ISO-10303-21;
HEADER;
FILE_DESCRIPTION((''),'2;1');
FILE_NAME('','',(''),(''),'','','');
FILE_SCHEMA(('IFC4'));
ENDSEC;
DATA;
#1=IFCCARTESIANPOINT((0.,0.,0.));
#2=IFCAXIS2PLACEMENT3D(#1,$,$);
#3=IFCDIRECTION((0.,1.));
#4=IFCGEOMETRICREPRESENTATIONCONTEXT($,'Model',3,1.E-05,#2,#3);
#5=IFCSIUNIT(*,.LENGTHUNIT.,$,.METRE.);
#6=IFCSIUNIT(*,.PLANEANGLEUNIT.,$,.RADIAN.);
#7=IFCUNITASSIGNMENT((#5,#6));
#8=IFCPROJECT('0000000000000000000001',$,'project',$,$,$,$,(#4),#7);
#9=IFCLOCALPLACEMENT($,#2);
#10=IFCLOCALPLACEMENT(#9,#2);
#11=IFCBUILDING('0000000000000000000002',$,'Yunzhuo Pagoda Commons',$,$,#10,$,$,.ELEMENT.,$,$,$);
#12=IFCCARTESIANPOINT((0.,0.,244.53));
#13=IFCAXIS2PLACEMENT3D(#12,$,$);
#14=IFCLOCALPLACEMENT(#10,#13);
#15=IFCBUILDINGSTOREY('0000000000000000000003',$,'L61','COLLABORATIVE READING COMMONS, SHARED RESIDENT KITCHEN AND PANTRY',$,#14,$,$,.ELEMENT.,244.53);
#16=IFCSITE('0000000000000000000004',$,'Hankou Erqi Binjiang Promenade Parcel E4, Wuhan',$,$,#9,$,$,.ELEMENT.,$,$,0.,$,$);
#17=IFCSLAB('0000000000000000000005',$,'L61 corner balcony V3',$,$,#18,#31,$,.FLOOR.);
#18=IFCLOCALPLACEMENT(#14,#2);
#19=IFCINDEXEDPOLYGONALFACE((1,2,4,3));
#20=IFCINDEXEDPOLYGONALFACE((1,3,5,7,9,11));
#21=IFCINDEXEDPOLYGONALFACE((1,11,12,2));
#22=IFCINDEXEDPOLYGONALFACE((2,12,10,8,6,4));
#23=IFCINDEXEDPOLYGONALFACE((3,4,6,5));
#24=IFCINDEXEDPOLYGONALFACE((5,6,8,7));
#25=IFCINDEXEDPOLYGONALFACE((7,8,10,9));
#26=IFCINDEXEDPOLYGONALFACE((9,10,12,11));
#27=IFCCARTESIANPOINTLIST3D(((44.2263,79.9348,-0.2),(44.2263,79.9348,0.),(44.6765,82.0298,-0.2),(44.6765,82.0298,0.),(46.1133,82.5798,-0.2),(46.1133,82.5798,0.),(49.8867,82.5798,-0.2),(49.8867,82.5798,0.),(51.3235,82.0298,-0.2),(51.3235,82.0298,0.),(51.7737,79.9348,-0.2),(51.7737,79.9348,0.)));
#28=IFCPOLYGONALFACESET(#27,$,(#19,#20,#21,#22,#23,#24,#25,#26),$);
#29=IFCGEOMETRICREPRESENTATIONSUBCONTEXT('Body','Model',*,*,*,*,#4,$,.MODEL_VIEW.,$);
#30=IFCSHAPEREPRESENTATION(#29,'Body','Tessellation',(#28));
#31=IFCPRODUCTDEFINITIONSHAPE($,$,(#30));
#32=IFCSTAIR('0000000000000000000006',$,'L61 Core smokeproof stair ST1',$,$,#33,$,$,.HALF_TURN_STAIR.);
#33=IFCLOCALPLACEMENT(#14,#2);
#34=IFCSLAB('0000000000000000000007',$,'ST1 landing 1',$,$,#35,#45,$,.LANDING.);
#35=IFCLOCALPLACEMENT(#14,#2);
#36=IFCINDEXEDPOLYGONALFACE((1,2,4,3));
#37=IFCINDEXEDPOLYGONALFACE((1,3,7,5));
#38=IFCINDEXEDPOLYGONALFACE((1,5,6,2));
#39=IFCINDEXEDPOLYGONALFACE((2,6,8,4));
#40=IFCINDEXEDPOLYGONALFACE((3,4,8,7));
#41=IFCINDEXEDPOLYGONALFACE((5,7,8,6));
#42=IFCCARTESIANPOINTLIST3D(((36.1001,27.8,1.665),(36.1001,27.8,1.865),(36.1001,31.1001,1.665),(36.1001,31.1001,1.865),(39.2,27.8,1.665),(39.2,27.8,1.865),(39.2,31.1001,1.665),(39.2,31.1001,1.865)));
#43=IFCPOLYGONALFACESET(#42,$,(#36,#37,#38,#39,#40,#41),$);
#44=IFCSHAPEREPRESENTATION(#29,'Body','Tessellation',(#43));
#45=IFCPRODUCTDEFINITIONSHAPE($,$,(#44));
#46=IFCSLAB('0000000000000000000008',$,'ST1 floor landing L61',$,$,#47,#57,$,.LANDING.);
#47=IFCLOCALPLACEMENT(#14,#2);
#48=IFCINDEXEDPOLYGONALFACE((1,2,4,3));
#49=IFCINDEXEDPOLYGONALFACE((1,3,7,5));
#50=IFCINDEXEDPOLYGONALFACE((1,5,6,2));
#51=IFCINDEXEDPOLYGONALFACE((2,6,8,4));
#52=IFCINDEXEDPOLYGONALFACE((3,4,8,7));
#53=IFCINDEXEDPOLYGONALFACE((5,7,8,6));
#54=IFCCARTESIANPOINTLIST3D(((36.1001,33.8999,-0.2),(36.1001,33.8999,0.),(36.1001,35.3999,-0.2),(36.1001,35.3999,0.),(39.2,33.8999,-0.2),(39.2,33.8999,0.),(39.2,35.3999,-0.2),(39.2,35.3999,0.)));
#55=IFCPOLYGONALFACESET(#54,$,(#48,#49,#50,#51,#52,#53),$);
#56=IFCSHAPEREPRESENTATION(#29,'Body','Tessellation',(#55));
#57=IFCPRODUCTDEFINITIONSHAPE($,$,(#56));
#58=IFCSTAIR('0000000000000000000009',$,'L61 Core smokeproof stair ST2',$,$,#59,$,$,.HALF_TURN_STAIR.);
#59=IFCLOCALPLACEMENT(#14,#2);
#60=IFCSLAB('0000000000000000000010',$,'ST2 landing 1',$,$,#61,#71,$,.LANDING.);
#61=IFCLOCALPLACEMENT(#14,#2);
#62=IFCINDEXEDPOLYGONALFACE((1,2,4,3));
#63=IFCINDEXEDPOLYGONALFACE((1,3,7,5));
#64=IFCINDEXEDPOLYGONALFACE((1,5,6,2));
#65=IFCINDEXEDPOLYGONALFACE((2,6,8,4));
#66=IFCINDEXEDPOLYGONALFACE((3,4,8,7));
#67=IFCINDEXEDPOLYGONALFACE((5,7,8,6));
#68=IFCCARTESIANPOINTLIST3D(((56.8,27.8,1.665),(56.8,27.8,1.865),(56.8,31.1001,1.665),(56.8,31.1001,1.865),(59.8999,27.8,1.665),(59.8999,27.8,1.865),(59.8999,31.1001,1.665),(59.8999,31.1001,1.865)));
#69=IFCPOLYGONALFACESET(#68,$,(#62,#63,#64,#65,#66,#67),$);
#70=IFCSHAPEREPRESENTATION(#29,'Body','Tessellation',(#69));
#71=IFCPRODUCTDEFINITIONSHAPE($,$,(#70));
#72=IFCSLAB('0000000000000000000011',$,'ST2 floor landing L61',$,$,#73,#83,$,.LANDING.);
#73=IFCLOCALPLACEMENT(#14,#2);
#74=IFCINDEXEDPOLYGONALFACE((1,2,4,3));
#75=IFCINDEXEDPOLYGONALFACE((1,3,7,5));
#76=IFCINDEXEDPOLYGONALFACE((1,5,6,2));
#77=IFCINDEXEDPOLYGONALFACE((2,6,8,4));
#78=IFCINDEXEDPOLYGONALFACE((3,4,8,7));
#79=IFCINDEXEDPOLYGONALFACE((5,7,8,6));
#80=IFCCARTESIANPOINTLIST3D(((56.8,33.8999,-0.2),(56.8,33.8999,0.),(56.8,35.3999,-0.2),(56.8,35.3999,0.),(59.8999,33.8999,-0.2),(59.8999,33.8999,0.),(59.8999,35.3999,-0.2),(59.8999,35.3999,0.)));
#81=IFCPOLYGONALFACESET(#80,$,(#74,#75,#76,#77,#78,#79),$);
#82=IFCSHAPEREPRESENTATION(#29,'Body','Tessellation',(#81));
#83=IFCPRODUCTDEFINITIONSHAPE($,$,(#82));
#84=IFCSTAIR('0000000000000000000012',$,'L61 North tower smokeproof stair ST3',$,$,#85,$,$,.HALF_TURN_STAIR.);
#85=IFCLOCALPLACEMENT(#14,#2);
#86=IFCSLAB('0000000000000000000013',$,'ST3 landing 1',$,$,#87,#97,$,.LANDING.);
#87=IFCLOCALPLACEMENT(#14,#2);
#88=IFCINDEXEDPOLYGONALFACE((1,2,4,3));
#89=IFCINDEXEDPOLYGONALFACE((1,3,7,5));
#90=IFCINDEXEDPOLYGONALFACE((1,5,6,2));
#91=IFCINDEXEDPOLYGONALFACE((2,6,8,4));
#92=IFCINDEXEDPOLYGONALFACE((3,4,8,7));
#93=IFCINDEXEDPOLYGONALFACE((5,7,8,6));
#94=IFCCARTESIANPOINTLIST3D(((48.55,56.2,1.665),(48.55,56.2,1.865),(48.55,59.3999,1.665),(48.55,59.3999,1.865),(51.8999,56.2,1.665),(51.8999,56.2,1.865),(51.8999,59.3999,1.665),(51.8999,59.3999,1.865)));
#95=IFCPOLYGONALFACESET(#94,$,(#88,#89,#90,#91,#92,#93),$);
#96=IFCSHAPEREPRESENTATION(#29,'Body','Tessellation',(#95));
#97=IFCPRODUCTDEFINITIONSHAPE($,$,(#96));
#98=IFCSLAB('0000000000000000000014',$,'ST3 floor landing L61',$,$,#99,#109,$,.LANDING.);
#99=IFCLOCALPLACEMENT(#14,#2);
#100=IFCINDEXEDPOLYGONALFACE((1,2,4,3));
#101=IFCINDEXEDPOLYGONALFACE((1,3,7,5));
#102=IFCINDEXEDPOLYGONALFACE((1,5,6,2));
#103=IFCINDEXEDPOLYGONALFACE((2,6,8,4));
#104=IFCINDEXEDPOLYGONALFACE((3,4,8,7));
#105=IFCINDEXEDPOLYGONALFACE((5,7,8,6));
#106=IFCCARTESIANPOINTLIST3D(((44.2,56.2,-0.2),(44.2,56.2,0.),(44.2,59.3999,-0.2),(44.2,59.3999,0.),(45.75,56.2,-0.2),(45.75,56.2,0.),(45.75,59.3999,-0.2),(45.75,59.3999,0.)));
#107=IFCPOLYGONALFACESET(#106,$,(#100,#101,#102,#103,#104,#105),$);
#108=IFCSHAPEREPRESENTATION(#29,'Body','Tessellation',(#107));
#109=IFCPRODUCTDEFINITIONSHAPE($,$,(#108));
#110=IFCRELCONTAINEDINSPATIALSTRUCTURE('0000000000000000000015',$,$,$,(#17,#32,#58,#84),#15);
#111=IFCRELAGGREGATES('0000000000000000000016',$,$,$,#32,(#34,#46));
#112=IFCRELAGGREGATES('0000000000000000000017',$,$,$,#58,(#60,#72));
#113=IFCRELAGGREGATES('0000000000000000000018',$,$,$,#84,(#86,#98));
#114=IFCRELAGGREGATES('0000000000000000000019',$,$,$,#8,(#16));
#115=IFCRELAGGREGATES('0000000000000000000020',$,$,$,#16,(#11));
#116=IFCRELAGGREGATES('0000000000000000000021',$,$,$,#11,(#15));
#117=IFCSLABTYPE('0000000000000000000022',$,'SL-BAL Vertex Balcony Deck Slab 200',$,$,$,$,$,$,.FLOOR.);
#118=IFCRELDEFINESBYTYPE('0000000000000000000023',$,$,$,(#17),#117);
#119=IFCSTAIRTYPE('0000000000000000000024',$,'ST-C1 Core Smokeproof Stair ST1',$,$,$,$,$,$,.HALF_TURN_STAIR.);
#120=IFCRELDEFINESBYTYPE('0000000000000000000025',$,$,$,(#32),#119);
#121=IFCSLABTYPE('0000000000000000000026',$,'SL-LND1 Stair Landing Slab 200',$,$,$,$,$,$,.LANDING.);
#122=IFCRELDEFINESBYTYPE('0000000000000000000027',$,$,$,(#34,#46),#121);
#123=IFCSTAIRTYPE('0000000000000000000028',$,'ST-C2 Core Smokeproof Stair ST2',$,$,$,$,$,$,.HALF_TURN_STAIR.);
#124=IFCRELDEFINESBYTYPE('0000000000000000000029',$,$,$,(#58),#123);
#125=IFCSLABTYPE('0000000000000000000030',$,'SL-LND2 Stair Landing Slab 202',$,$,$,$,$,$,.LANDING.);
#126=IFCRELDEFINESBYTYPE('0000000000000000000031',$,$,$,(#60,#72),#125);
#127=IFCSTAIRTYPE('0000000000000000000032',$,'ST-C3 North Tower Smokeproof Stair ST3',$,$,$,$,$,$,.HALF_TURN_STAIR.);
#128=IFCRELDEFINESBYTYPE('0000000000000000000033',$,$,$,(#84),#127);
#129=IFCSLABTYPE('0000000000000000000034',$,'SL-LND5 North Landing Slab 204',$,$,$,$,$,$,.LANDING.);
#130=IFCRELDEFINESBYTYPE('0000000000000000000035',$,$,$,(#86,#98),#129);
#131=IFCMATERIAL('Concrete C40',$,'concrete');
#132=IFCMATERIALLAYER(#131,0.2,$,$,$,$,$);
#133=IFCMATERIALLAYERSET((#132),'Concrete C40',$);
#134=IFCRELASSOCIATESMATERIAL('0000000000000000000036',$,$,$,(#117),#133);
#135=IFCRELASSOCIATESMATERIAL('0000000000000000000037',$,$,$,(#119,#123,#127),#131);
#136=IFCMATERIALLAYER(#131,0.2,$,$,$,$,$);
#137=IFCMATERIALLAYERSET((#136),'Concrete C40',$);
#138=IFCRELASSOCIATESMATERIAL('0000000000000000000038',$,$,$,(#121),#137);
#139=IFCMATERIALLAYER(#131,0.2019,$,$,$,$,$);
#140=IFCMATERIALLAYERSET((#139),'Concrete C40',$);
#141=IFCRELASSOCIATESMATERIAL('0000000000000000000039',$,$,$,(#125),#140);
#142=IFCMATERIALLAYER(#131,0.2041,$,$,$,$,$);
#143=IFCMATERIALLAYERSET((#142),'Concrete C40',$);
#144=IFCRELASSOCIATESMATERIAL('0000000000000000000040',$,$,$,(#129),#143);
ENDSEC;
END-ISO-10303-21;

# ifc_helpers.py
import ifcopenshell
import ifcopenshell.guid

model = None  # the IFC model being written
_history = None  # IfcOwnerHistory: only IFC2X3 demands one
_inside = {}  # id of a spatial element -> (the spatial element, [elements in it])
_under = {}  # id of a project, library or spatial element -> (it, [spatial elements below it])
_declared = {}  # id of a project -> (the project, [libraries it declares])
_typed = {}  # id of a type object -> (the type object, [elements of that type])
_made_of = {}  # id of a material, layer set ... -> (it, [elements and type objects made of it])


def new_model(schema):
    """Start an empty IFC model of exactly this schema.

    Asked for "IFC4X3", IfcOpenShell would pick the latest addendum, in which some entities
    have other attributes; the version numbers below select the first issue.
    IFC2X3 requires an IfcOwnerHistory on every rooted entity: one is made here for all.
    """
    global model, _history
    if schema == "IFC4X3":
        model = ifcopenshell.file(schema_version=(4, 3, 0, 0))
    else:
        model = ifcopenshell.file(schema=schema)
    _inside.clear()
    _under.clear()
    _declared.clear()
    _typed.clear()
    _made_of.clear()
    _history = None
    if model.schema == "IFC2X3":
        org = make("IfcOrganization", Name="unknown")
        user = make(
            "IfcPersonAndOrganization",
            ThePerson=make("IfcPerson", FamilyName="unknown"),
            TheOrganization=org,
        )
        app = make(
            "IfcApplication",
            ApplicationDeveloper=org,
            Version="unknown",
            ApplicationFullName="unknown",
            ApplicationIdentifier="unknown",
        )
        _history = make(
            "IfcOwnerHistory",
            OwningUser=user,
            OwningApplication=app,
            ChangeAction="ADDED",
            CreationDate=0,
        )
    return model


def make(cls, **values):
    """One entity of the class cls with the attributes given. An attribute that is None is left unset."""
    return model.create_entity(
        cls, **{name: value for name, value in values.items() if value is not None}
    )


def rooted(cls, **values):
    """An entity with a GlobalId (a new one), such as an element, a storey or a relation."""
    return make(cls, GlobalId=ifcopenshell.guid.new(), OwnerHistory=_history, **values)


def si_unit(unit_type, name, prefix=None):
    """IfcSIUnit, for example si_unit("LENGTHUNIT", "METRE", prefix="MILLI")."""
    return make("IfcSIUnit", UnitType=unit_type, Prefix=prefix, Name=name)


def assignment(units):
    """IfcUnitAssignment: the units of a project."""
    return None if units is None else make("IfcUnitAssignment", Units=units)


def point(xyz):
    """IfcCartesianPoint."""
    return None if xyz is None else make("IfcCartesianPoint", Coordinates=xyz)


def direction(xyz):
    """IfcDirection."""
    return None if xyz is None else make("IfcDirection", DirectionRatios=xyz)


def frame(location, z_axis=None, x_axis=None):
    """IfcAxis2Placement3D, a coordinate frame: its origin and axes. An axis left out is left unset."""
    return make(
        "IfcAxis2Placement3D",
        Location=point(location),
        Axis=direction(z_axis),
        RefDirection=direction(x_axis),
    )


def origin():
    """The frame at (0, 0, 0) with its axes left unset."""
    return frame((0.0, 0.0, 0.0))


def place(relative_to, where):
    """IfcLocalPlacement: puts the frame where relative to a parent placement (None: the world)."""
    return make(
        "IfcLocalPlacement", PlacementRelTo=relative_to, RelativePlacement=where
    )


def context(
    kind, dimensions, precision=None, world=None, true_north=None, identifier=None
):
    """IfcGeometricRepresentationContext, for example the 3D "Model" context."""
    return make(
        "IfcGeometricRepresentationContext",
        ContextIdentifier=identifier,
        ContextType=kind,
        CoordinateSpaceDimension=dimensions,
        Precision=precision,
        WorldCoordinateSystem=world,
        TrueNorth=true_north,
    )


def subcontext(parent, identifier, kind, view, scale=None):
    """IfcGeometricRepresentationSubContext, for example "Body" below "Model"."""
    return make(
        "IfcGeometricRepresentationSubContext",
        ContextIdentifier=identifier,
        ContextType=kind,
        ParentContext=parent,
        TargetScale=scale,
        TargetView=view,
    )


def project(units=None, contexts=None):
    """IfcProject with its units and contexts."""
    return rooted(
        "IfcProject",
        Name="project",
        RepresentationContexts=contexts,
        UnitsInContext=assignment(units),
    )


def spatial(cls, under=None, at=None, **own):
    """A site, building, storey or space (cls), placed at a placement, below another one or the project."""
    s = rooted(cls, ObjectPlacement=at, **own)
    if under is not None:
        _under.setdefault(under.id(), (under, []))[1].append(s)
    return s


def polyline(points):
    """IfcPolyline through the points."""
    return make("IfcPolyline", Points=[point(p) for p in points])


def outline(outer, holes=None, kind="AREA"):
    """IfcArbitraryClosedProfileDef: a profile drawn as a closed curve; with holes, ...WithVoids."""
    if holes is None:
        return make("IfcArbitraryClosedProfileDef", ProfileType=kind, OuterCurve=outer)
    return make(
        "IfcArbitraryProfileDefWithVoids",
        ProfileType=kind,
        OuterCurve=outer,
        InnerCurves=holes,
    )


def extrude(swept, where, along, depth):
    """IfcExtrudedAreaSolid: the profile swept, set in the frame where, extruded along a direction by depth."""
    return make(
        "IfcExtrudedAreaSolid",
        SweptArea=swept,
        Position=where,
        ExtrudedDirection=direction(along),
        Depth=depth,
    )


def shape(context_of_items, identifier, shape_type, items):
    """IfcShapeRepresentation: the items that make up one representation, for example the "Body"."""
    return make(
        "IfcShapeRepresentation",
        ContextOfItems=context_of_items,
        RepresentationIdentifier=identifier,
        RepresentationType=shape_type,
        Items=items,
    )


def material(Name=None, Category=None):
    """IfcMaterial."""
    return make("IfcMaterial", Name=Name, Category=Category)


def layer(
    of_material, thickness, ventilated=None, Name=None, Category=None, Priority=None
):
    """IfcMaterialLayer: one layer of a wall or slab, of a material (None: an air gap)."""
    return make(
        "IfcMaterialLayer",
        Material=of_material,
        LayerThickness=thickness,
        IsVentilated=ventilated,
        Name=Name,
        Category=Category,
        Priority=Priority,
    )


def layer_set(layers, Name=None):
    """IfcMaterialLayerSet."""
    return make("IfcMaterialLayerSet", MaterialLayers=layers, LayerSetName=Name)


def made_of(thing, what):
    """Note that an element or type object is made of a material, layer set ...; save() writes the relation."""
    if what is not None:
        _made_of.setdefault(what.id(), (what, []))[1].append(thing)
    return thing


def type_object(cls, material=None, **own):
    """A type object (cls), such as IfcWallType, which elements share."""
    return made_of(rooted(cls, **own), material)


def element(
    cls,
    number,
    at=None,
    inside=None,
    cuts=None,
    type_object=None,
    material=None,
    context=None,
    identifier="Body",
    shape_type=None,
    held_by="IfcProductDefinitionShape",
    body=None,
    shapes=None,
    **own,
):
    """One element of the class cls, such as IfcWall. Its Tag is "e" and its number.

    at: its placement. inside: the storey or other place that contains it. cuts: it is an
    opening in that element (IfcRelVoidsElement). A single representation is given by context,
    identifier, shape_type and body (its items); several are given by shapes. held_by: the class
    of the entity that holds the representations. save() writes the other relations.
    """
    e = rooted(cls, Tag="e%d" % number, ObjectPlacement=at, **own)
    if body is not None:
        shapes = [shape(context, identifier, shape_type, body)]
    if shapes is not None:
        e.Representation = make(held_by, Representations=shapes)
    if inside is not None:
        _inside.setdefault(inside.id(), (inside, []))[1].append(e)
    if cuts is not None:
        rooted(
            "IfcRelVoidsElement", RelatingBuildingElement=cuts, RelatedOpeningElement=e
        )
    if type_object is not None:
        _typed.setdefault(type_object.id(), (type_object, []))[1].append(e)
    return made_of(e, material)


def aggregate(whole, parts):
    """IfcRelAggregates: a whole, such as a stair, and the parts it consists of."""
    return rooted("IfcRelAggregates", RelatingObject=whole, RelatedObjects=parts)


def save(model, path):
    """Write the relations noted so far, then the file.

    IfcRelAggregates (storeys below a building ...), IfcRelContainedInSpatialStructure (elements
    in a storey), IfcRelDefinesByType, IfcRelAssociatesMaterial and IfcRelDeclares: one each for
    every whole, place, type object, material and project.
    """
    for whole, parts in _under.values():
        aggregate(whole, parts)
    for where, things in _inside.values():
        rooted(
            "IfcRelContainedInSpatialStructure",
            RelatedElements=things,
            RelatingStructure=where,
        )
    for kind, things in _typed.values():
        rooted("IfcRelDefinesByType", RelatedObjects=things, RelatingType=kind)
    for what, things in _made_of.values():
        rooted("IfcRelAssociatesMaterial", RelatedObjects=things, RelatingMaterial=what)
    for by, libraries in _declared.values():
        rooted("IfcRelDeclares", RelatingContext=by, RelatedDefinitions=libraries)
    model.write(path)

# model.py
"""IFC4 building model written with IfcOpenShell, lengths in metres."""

from ifc_helpers import new_model, si_unit, direction, frame, origin, place, context, subcontext, project, spatial, polyline, outline, extrude, material, layer, layer_set, type_object, element, aggregate, save


model = new_model("IFC4")

# Units and contexts
model_context = context("Model", 3, precision=1e-05, world=origin(), true_north=direction((0.0, 1.0)))
body_context = subcontext(model_context, "Body", "Model", "MODEL_VIEW")
ifc_project = project(units=[si_unit("LENGTHUNIT", "METRE"), si_unit("PLANEANGLEUNIT", "RADIAN")], contexts=[model_context])

# Site, building, storey
site_placement = place(None, origin())
site = spatial("IfcSite", under=ifc_project, at=site_placement, Name="Hankou Erqi Binjiang Promenade Parcel E4, Wuhan", CompositionType="ELEMENT", RefElevation=0.0)
building_placement = place(site_placement, origin())
building = spatial("IfcBuilding", under=site, at=building_placement, Name="Yunzhuo Pagoda Commons", CompositionType="ELEMENT")
storey_placement = place(building_placement, frame((0.0, 0.0, 244.53)))
storey = spatial("IfcBuildingStorey", under=building, at=storey_placement, Name="L61", Description="COLLABORATIVE READING COMMONS, SHARED RESIDENT KITCHEN AND PANTRY", CompositionType="ELEMENT", Elevation=244.53)

# Slab
ifc_material_1 = material(Name="Concrete C40", Category="concrete")
ifc_layer_1 = layer(ifc_material_1, 0.2)
ifc_layer_set_1 = layer_set([ifc_layer_1], Name="Concrete C40")
slab_type_1 = type_object("IfcSlabType", Name="SL-BAL Vertex Balcony Deck Slab 200", PredefinedType="FLOOR", material=ifc_layer_set_1)
slab_1_placement = place(storey_placement, frame((0.0, 0.0, -0.2)))
element("IfcSlab", 1, at=slab_1_placement, inside=storey, type_object=slab_type_1, Name="L61 corner balcony V3", PredefinedType="FLOOR", context=body_context, shape_type="SweptSolid", body=[
    extrude(outline(polyline([(51.7737, 79.9348), (44.2263, 79.9348), (44.6765, 82.0298), (46.1133, 82.5798), (49.8867, 82.5798), (51.3235, 82.0298), (51.7737, 79.9348)])), origin(), (0.0, 0.0, 1.0), 0.2),
])

# Stairs, slabs
stair_type_1 = type_object("IfcStairType", Name="ST-C1 Core Smokeproof Stair ST1", PredefinedType="HALF_TURN_STAIR", material=ifc_material_1)
stair_1_placement = place(storey_placement, origin())
stair_1 = element("IfcStair", 2, at=stair_1_placement, inside=storey, type_object=stair_type_1, Name="L61 Core smokeproof stair ST1", PredefinedType="HALF_TURN_STAIR")
ifc_layer_2 = layer(ifc_material_1, 0.2)
ifc_layer_set_2 = layer_set([ifc_layer_2], Name="Concrete C40")
slab_type_2 = type_object("IfcSlabType", Name="SL-LND1 Stair Landing Slab 200", PredefinedType="LANDING", material=ifc_layer_set_2)
slab_2_placement = place(storey_placement, frame((0.0, 0.0, 1.665)))
slab_2 = element("IfcSlab", 3, at=slab_2_placement, type_object=slab_type_2, Name="ST1 landing 1", PredefinedType="LANDING", context=body_context, shape_type="SweptSolid", body=[
    extrude(outline(polyline([(36.1001, 31.1001), (36.1001, 27.8), (39.2, 27.8), (39.2, 31.1001), (36.1001, 31.1001)])), origin(), (0.0, 0.0, 1.0), 0.2),
])
slab_3_placement = place(storey_placement, frame((0.0, 0.0, -0.2)))
slab_3 = element("IfcSlab", 4, at=slab_3_placement, type_object=slab_type_2, Name="ST1 floor landing L61", PredefinedType="LANDING", context=body_context, shape_type="SweptSolid", body=[
    extrude(outline(polyline([(36.1001, 35.3999), (36.1001, 33.8999), (39.2, 33.8999), (39.2, 35.3999), (36.1001, 35.3999)])), origin(), (0.0, 0.0, 1.0), 0.2),
])
aggregate(stair_1, [slab_2, slab_3])
stair_type_2 = type_object("IfcStairType", Name="ST-C2 Core Smokeproof Stair ST2", PredefinedType="HALF_TURN_STAIR", material=ifc_material_1)
stair_2_placement = place(storey_placement, origin())
stair_2 = element("IfcStair", 5, at=stair_2_placement, inside=storey, type_object=stair_type_2, Name="L61 Core smokeproof stair ST2", PredefinedType="HALF_TURN_STAIR")
ifc_layer_3 = layer(ifc_material_1, 0.2019)
ifc_layer_set_3 = layer_set([ifc_layer_3], Name="Concrete C40")
slab_type_3 = type_object("IfcSlabType", Name="SL-LND2 Stair Landing Slab 202", PredefinedType="LANDING", material=ifc_layer_set_3)
slab_4_placement = place(storey_placement, frame((0.0, 0.0, 1.665)))
slab_4 = element("IfcSlab", 6, at=slab_4_placement, type_object=slab_type_3, Name="ST2 landing 1", PredefinedType="LANDING", context=body_context, shape_type="SweptSolid", body=[
    extrude(outline(polyline([(56.8, 31.1001), (56.8, 27.8), (59.8999, 27.8), (59.8999, 31.1001), (56.8, 31.1001)])), origin(), (0.0, 0.0, 1.0), 0.2),
])
slab_5_placement = place(storey_placement, frame((0.0, 0.0, -0.2)))
slab_5 = element("IfcSlab", 7, at=slab_5_placement, type_object=slab_type_3, Name="ST2 floor landing L61", PredefinedType="LANDING", context=body_context, shape_type="SweptSolid", body=[
    extrude(outline(polyline([(56.8, 35.3999), (56.8, 33.8999), (59.8999, 33.8999), (59.8999, 35.3999), (56.8, 35.3999)])), origin(), (0.0, 0.0, 1.0), 0.2),
])
aggregate(stair_2, [slab_4, slab_5])
stair_type_3 = type_object("IfcStairType", Name="ST-C3 North Tower Smokeproof Stair ST3", PredefinedType="HALF_TURN_STAIR", material=ifc_material_1)
stair_3_placement = place(storey_placement, origin())
stair_3 = element("IfcStair", 8, at=stair_3_placement, inside=storey, type_object=stair_type_3, Name="L61 North tower smokeproof stair ST3", PredefinedType="HALF_TURN_STAIR")
ifc_layer_4 = layer(ifc_material_1, 0.2041)
ifc_layer_set_4 = layer_set([ifc_layer_4], Name="Concrete C40")
slab_type_4 = type_object("IfcSlabType", Name="SL-LND5 North Landing Slab 204", PredefinedType="LANDING", material=ifc_layer_set_4)
slab_6_placement = place(storey_placement, frame((0.0, 0.0, 1.665)))
slab_6 = element("IfcSlab", 9, at=slab_6_placement, type_object=slab_type_4, Name="ST3 landing 1", PredefinedType="LANDING", context=body_context, shape_type="SweptSolid", body=[
    extrude(outline(polyline([(48.55, 56.2), (51.8999, 56.2), (51.8999, 59.3999), (48.55, 59.3999), (48.55, 56.2)])), origin(), (0.0, 0.0, 1.0), 0.2),
])
slab_7_placement = place(storey_placement, frame((0.0, 0.0, -0.2)))
slab_7 = element("IfcSlab", 10, at=slab_7_placement, type_object=slab_type_4, Name="ST3 floor landing L61", PredefinedType="LANDING", context=body_context, shape_type="SweptSolid", body=[
    extrude(outline(polyline([(44.2, 56.2), (45.75, 56.2), (45.75, 59.3999), (44.2, 59.3999), (44.2, 56.2)])), origin(), (0.0, 0.0, 1.0), 0.2),
])
aggregate(stair_3, [slab_6, slab_7])

save(model, "model.ifc")
